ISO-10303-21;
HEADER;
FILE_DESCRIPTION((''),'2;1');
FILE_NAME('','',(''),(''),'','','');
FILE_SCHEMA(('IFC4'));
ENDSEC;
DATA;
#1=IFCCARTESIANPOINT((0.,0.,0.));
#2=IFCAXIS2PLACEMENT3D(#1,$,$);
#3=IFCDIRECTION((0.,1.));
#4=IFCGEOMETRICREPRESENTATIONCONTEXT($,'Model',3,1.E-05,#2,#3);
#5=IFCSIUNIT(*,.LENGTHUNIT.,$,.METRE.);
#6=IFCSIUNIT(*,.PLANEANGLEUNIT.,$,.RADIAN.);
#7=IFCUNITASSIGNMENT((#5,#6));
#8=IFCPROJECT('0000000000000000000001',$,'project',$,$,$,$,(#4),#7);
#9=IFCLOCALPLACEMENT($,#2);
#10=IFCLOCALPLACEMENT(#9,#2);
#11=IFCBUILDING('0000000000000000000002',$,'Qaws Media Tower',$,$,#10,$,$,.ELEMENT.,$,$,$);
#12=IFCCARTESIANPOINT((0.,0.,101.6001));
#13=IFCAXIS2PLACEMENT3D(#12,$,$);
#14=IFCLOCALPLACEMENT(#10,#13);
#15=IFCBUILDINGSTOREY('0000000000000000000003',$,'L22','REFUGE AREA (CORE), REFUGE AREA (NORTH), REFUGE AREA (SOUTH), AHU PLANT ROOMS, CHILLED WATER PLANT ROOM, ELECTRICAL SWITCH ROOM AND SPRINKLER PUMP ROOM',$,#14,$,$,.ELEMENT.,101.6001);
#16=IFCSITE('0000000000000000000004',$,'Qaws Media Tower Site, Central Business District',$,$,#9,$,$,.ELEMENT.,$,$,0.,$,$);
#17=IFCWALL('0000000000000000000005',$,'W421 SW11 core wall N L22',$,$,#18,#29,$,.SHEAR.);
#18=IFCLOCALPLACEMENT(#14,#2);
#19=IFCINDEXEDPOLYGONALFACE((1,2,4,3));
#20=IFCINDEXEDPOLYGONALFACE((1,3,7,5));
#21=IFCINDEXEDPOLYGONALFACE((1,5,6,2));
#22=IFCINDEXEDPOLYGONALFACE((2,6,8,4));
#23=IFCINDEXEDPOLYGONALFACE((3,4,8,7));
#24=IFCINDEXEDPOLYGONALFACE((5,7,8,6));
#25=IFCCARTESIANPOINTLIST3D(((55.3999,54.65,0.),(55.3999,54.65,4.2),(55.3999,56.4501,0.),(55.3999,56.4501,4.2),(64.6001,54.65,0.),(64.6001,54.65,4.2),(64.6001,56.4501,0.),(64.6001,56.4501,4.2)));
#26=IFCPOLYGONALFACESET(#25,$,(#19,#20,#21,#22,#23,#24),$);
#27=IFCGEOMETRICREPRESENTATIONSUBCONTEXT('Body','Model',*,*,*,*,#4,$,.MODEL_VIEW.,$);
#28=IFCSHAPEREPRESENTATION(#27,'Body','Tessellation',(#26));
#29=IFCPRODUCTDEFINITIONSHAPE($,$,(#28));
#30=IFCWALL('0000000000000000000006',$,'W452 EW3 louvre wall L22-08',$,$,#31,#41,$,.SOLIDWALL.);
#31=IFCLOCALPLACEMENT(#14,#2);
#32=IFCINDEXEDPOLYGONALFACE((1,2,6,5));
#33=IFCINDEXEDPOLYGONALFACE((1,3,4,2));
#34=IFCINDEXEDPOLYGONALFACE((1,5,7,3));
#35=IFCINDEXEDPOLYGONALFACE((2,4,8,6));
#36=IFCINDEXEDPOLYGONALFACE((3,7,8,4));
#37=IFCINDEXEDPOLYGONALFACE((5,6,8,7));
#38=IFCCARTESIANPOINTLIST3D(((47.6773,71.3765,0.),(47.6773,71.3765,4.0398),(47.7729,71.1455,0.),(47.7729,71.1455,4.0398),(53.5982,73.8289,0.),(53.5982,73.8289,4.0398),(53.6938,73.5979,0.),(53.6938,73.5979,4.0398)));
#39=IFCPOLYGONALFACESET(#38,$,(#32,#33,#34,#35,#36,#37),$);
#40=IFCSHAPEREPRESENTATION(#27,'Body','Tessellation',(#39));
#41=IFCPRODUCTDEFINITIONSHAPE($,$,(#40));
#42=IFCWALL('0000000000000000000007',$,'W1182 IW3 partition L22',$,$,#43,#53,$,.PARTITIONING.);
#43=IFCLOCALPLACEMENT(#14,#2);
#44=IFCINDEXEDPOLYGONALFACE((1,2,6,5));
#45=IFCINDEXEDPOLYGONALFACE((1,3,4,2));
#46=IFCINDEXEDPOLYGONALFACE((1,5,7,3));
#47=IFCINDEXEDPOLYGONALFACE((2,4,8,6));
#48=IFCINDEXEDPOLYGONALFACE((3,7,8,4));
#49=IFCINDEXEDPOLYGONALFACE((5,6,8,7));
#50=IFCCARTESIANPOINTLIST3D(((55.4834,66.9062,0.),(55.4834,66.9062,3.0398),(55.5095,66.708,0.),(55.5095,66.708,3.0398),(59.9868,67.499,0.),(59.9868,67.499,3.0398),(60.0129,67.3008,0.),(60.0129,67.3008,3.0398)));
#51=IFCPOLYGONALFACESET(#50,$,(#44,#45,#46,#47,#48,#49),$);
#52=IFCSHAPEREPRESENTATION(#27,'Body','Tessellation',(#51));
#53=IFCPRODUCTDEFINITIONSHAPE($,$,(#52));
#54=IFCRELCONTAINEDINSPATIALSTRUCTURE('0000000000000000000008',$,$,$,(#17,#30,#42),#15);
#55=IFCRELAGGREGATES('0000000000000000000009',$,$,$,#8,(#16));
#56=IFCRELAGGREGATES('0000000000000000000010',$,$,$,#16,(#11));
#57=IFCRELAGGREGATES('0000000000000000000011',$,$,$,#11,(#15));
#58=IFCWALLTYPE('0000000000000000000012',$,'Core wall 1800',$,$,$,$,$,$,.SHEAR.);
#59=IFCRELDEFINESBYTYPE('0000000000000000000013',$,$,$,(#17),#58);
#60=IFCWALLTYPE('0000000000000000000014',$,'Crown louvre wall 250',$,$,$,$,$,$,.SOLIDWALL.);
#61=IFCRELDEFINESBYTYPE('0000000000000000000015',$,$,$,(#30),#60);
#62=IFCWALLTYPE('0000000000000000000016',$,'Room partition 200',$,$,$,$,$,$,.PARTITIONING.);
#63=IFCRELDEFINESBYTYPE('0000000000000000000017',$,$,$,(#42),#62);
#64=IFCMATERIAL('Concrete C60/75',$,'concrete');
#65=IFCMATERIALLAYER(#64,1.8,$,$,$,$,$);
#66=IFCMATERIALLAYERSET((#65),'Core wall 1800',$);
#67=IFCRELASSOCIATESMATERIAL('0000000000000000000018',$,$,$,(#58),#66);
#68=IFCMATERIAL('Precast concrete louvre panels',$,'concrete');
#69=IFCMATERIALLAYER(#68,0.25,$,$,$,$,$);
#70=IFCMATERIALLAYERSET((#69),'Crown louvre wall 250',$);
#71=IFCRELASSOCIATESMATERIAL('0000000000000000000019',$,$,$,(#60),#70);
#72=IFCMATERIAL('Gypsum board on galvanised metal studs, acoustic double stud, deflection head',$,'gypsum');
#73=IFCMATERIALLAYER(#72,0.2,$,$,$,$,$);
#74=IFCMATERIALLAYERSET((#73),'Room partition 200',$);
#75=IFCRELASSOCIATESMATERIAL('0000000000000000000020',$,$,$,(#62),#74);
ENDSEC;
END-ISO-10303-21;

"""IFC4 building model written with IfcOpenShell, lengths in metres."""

from ifc_helpers import new_model, si_unit, direction, frame, frame_2d, origin, place, context, subcontext, project, spatial, rectangle, extrude, material, layer, layer_set, type_object, element, save


model = new_model("IFC4")

# Units and contexts
model_context = context("Model", 3, precision=1e-05, world=origin(), true_north=direction((0.0, 1.0)))
body_context = subcontext(model_context, "Body", "Model", "MODEL_VIEW")
ifc_project = project(units=[si_unit("LENGTHUNIT", "METRE"), si_unit("PLANEANGLEUNIT", "RADIAN")], contexts=[model_context])

# Site, building, storey
site_placement = place(None, origin())
site = spatial("IfcSite", under=ifc_project, at=site_placement, Name="Qaws Media Tower Site, Central Business District", CompositionType="ELEMENT", RefElevation=0.0)
building_placement = place(site_placement, origin())
building = spatial("IfcBuilding", under=site, at=building_placement, Name="Qaws Media Tower", CompositionType="ELEMENT")
storey_placement = place(building_placement, frame((0.0, 0.0, 101.6001)))
storey = spatial("IfcBuildingStorey", under=building, at=storey_placement, Name="L22", Description="REFUGE AREA (CORE), REFUGE AREA (NORTH), REFUGE AREA (SOUTH), AHU PLANT ROOMS, CHILLED WATER PLANT ROOM, ELECTRICAL SWITCH ROOM AND SPRINKLER PUMP ROOM", CompositionType="ELEMENT", Elevation=101.6001)

# Walls
ifc_material_1 = material(Name="Concrete C60/75", Category="concrete")
ifc_layer_1 = layer(ifc_material_1, 1.8)
ifc_layer_set_1 = layer_set([ifc_layer_1], Name="Core wall 1800")
wall_type_1 = type_object("IfcWallType", Name="Core wall 1800", PredefinedType="SHEAR", material=ifc_layer_set_1)
wall_1_placement = place(storey_placement, frame((55.3999, 55.55, 0.0), z_axis=(0.0, 0.0, 1.0), x_axis=(1.0, 0.0, 0.0)))
element("IfcWall", 1, at=wall_1_placement, inside=storey, type_object=wall_type_1, Name="W421 SW11 core wall N L22", PredefinedType="SHEAR", context=body_context, shape_type="SweptSolid", body=[
    extrude(rectangle(XDim=9.2002, YDim=1.8, at=frame_2d((4.6001, 0.0))), origin(), (0.0, 0.0, 1.0), 4.2),
])
ifc_material_2 = material(Name="Precast concrete louvre panels", Category="concrete")
ifc_layer_2 = layer(ifc_material_2, 0.25)
ifc_layer_set_2 = layer_set([ifc_layer_2], Name="Crown louvre wall 250")
wall_type_2 = type_object("IfcWallType", Name="Crown louvre wall 250", PredefinedType="SOLIDWALL", material=ifc_layer_set_2)
wall_2_placement = place(storey_placement, frame((53.646, 73.7134, 0.0), z_axis=(0.0, 0.0, 1.0), x_axis=(-0.923886, -0.382667, 0.0)))
element("IfcWall", 2, at=wall_2_placement, inside=storey, type_object=wall_type_2, Name="W452 EW3 louvre wall L22-08", PredefinedType="SOLIDWALL", context=body_context, shape_type="SweptSolid", body=[
    extrude(rectangle(XDim=6.4087, YDim=0.25, at=frame_2d((3.2043, 0.0))), origin(), (0.0, 0.0, 1.0), 4.0398),
])

# Shared definitions
ifc_material_3 = material(Name="Gypsum board on galvanised metal studs, acoustic double stud, deflection head", Category="gypsum")
ifc_layer_3 = layer(ifc_material_3, 0.2)
ifc_layer_set_3 = layer_set([ifc_layer_3], Name="Room partition 200")
wall_type_3 = type_object("IfcWallType", Name="Room partition 200", PredefinedType="PARTITIONING", material=ifc_layer_set_3)

# Wall
wall_3_placement = place(storey_placement, frame((55.4966, 66.8071, 0.0), z_axis=(0.0, 0.0, 1.0), x_axis=(0.991448, 0.130502, 0.0)))
element("IfcWall", 3, at=wall_3_placement, inside=storey, type_object=wall_type_3, Name="W1182 IW3 partition L22", PredefinedType="PARTITIONING", context=body_context, shape_type="SweptSolid", body=[
    extrude(rectangle(XDim=4.5422, YDim=0.2, at=frame_2d((2.271, 0.0))), origin(), (0.0, 0.0, 1.0), 3.0398),
])

save(model, "model.ifc")
